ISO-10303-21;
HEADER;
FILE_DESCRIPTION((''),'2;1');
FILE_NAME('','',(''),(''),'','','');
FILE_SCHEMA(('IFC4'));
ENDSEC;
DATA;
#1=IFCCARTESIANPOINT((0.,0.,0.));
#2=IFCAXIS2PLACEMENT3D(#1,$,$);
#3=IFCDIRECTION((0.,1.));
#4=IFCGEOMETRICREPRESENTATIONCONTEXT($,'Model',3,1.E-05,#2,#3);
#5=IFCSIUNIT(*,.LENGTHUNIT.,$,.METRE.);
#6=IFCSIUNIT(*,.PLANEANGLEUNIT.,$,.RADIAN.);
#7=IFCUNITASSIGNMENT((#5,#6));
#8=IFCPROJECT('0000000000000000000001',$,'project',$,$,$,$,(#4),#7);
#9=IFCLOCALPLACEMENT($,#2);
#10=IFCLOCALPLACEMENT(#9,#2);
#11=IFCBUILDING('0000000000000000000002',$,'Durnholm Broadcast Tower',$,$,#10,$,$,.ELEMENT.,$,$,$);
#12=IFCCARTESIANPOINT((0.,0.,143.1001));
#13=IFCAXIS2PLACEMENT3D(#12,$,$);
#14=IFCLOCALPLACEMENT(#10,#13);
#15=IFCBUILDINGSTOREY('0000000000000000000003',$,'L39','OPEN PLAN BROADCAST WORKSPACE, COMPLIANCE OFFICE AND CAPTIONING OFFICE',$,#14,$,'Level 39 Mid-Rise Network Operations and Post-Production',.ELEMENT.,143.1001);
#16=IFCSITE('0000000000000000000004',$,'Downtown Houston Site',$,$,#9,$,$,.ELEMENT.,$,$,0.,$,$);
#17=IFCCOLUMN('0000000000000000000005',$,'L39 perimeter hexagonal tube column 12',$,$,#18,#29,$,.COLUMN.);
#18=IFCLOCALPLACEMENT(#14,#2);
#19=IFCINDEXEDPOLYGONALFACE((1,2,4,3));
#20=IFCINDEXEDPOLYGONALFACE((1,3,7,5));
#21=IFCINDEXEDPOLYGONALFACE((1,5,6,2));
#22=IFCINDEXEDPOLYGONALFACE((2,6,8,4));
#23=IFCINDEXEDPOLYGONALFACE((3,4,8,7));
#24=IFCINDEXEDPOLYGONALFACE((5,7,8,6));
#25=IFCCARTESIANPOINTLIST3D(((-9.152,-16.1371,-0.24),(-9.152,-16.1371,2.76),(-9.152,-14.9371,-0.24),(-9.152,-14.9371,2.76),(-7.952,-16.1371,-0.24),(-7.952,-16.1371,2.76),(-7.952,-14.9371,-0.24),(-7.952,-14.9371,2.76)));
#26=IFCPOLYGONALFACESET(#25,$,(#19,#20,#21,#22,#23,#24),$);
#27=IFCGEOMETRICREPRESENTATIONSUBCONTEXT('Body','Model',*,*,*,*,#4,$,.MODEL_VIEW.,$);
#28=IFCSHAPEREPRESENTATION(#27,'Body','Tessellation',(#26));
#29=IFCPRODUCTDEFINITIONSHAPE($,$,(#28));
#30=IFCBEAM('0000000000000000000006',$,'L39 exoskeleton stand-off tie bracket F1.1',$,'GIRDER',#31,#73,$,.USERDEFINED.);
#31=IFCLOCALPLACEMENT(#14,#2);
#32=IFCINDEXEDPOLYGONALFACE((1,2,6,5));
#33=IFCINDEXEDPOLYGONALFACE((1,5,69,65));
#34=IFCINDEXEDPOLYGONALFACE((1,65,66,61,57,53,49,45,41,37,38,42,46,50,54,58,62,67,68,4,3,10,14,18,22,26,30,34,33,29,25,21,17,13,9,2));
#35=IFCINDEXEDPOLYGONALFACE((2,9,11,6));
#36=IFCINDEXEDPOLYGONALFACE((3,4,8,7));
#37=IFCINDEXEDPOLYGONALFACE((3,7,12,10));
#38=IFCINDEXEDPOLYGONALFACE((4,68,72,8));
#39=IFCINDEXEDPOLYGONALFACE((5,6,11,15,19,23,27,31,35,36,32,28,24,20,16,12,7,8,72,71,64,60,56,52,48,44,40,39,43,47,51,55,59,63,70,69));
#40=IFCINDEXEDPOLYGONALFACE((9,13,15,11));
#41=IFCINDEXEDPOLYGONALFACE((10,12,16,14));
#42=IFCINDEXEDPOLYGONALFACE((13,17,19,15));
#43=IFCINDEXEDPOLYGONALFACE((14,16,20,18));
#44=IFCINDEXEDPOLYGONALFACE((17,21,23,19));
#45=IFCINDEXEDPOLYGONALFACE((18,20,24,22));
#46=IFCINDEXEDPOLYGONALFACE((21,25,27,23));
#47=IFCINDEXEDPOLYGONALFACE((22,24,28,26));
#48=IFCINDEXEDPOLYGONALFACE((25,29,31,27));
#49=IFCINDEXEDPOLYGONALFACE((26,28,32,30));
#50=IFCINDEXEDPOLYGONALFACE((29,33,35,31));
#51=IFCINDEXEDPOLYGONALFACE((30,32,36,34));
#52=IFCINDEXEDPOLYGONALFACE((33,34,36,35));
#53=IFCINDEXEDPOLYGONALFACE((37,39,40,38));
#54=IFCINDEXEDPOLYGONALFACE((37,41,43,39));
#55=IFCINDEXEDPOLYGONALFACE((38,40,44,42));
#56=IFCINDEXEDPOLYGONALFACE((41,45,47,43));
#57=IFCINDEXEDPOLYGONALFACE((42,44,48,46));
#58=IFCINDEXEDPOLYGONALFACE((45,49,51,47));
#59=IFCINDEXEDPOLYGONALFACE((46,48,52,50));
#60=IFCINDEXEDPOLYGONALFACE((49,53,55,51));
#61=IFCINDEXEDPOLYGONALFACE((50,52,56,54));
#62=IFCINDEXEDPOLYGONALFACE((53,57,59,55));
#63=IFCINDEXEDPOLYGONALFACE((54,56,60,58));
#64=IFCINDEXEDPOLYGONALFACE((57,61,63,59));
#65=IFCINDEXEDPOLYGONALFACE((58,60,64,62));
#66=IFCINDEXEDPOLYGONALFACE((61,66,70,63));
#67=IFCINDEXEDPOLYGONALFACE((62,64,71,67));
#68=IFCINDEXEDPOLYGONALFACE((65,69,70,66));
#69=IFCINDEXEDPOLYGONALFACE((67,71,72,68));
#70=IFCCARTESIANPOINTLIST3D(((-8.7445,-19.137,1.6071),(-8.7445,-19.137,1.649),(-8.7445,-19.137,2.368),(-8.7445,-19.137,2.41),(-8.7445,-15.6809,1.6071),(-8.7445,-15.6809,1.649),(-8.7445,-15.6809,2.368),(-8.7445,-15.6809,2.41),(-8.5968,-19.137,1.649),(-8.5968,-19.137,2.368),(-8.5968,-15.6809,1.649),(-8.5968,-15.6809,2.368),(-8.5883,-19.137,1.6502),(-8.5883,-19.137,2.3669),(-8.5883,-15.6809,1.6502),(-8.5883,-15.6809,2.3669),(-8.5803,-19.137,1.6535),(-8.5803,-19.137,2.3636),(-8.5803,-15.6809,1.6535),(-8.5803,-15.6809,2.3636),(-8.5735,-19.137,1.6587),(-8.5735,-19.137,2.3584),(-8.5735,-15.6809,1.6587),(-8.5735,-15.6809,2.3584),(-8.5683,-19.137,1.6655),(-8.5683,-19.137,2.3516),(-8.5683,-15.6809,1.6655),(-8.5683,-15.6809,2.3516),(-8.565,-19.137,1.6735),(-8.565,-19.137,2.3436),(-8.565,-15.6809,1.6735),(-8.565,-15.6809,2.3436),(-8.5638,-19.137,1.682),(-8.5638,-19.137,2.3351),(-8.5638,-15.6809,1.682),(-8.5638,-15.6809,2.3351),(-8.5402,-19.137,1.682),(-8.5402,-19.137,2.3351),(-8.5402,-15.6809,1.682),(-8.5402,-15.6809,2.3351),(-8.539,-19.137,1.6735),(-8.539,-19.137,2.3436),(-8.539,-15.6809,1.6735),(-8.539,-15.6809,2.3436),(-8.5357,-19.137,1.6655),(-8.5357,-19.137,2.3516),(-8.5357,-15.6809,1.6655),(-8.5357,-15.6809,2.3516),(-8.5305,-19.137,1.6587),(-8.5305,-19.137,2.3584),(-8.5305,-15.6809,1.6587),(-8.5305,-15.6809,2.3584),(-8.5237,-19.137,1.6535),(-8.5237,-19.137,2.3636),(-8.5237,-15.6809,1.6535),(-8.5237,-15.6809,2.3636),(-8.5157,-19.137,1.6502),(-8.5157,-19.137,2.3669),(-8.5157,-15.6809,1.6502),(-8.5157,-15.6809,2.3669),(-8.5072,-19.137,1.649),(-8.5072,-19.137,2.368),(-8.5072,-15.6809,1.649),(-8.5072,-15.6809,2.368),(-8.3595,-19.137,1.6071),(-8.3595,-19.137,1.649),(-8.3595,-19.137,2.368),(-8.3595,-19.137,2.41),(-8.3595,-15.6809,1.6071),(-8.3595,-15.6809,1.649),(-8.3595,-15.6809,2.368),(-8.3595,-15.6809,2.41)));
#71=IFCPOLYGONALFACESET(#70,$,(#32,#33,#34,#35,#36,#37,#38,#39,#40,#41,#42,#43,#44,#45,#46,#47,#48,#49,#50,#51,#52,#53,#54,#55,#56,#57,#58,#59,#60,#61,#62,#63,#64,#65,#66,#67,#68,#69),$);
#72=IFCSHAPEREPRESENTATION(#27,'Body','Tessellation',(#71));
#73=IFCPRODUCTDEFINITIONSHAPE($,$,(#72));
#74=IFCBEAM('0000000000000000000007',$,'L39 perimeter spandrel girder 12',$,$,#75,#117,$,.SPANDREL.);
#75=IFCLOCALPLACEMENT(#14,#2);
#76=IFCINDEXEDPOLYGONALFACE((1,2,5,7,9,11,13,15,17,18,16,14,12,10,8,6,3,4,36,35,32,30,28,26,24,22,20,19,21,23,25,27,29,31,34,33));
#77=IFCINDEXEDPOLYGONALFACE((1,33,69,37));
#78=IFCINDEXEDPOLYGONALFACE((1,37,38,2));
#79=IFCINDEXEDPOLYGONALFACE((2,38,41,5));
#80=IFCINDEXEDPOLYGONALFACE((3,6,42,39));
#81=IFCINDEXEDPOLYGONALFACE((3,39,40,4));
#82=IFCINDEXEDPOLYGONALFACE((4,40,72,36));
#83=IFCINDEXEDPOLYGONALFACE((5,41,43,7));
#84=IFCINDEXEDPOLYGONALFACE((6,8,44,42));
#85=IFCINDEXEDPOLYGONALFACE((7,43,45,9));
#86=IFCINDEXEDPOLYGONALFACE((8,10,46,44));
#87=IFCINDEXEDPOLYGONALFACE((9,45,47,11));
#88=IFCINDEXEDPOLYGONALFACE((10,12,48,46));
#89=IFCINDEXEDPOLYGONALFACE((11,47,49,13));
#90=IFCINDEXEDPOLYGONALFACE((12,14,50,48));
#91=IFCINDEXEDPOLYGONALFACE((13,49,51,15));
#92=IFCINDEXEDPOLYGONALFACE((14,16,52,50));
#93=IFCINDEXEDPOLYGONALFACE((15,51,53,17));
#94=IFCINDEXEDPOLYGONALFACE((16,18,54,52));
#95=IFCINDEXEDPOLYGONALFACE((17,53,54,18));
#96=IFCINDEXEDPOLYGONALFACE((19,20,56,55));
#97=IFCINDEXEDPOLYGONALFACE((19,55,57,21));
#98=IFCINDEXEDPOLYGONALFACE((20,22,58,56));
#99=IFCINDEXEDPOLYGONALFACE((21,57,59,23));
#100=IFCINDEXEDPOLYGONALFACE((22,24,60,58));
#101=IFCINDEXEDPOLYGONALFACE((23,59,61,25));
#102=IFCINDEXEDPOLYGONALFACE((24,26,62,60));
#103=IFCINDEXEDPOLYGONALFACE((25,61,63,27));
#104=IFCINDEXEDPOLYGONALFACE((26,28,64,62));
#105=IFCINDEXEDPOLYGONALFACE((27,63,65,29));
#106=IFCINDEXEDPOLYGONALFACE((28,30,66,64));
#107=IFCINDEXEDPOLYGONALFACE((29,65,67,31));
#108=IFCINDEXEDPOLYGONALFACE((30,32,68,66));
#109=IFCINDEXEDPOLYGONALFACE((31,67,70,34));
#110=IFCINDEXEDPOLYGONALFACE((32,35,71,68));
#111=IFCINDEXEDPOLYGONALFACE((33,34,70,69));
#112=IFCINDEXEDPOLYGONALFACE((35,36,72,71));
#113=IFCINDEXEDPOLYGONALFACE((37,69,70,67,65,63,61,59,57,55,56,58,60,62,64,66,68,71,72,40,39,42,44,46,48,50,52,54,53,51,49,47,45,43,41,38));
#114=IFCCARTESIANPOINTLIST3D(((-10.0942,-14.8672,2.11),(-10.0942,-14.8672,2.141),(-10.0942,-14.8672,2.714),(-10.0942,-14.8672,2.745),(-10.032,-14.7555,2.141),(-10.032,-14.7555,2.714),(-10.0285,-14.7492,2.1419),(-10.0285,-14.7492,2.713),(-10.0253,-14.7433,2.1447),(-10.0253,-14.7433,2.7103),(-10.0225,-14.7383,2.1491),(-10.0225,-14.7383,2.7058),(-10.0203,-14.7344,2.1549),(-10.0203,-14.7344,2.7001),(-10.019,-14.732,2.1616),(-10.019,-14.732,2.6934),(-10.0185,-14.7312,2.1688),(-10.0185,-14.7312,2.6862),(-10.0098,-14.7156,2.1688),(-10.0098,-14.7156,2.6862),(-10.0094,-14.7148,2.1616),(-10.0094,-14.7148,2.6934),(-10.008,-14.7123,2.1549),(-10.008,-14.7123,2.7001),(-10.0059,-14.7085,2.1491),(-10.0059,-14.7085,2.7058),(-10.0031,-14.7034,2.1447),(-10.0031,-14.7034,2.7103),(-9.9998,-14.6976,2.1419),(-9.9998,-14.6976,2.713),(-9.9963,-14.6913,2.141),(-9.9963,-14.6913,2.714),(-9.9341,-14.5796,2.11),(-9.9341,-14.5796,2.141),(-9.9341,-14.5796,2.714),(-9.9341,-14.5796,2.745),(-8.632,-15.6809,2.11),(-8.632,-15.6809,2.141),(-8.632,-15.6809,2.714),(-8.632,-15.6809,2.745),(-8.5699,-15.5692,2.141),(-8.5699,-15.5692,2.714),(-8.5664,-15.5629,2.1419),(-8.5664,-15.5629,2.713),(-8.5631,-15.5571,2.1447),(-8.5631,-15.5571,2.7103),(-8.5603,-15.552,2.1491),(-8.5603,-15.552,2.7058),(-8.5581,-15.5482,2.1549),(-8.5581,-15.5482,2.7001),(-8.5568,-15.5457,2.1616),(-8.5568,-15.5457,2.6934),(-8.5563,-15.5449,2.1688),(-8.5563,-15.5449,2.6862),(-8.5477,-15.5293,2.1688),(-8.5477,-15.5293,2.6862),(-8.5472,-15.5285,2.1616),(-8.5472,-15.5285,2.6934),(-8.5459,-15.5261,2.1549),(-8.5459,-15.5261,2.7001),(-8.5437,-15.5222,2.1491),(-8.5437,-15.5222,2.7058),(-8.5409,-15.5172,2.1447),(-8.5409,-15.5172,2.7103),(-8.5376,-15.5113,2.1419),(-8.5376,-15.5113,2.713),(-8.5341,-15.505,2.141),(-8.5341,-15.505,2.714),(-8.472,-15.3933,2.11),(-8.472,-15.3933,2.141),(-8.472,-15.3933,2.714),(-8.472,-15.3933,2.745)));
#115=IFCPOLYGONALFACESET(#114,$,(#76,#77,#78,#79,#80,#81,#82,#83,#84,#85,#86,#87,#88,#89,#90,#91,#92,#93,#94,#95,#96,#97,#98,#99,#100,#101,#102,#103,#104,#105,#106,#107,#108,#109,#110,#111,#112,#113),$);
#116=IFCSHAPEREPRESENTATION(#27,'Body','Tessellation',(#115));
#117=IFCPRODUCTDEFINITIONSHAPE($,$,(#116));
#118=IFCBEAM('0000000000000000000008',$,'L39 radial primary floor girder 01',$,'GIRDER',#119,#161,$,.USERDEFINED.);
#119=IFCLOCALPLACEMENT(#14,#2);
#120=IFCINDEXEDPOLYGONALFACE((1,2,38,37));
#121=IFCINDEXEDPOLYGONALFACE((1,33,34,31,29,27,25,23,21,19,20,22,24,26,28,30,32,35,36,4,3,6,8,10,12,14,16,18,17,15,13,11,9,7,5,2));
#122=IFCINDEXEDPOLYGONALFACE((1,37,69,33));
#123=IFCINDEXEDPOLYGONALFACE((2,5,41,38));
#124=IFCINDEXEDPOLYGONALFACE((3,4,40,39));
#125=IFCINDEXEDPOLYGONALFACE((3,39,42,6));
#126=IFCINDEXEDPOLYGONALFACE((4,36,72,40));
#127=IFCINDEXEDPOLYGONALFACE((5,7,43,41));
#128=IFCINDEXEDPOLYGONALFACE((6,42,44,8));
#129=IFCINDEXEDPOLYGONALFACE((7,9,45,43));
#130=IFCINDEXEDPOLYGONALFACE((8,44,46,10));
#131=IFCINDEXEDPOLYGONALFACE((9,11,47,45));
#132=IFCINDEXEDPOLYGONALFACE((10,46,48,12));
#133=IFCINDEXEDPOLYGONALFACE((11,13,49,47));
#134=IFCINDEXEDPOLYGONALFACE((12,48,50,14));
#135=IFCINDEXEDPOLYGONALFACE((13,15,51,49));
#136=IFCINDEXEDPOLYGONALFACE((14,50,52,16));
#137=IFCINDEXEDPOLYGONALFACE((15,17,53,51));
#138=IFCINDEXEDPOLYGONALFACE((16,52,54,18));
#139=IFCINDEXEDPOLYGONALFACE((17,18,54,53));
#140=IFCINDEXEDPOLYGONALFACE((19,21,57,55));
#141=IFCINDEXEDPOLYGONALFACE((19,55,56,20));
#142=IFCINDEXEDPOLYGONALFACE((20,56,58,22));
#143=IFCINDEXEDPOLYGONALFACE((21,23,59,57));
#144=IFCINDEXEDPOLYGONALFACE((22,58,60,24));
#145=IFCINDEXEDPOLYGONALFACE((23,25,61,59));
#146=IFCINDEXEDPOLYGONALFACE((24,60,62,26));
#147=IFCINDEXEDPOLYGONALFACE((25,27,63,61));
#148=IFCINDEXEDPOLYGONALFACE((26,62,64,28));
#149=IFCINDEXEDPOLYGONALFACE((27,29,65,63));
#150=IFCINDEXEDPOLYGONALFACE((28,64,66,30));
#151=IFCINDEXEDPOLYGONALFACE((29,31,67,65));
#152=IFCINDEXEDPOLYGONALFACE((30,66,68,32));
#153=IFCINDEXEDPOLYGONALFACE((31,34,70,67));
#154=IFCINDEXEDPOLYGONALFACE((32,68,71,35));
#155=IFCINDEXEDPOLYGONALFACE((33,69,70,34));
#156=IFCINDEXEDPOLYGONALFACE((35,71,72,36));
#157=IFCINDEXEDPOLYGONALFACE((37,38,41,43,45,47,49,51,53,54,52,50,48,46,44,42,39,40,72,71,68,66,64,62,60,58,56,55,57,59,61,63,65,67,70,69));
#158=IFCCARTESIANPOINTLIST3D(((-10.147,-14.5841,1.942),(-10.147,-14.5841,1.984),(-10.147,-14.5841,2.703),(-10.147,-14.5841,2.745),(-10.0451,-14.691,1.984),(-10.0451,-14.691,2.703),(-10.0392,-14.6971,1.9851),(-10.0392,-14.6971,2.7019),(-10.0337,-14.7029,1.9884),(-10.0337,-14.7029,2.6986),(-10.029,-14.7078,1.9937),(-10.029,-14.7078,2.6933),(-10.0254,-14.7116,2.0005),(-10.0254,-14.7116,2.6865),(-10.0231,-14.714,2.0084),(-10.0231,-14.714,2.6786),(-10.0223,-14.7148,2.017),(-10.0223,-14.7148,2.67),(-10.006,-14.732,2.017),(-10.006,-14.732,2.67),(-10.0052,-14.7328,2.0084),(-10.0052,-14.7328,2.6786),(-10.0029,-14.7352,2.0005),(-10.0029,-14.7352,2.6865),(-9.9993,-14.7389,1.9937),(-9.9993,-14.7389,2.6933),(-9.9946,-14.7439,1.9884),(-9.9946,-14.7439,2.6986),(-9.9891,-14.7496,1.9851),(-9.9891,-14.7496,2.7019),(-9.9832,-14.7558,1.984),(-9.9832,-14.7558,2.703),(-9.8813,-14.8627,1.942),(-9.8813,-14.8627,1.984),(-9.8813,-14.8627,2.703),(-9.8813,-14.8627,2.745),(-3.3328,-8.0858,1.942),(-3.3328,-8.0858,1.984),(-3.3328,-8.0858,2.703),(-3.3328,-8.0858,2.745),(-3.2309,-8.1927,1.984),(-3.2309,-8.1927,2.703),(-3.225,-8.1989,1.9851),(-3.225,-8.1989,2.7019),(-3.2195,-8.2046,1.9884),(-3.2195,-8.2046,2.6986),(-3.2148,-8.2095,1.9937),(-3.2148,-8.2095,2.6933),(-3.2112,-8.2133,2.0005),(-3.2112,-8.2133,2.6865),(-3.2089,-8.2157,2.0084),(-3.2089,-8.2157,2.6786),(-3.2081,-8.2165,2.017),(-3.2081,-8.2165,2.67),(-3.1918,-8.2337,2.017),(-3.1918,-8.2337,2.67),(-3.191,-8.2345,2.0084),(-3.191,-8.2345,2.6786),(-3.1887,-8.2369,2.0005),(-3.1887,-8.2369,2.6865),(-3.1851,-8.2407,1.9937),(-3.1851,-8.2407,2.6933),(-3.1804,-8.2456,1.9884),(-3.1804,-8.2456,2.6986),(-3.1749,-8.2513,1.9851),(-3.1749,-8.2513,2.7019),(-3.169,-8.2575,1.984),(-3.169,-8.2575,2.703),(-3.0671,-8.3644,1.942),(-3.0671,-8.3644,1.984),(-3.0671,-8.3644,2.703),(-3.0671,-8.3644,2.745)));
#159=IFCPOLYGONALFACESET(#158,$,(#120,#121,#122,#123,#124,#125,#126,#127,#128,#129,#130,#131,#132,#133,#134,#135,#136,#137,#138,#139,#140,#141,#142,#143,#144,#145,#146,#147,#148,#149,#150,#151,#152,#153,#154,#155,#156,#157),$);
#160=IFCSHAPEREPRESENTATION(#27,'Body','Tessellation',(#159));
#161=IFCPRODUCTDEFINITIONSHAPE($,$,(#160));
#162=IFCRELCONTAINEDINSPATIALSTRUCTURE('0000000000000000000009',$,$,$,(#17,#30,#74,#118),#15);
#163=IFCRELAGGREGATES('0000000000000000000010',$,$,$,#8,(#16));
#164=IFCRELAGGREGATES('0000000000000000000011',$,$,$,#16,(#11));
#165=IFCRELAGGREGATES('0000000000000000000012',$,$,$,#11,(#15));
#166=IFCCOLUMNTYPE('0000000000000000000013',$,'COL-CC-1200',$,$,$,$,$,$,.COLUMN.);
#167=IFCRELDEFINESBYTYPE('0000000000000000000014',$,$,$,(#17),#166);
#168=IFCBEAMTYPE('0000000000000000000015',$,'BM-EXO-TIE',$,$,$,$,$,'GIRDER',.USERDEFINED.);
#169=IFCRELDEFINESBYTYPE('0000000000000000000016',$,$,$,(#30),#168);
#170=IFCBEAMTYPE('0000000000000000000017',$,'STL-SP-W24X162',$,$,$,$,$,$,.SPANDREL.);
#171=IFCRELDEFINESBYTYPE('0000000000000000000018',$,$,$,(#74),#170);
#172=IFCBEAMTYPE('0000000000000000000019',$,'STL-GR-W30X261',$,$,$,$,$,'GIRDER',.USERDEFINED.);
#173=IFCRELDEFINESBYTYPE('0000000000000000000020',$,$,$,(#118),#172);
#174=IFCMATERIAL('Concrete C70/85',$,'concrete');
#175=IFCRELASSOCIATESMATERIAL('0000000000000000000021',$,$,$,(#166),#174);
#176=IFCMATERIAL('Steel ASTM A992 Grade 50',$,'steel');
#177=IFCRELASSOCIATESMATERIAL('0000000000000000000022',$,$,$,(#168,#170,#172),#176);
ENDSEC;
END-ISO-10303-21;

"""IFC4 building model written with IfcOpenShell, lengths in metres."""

from ifc_helpers import new_model, si_unit, direction, frame, origin, origin_2d, place, context, subcontext, project, spatial, rectangle, i_section, extrude, source, transform, mapped, material, material_profile, profile_set, type_object, type_shapes, element, save


model = new_model("IFC4")

# Units and contexts
model_context = context("Model", 3, precision=1e-05, world=origin(), true_north=direction((0.0, 1.0)))
body_context = subcontext(model_context, "Body", "Model", "MODEL_VIEW")
ifc_project = project(units=[si_unit("LENGTHUNIT", "METRE"), si_unit("PLANEANGLEUNIT", "RADIAN")], contexts=[model_context])

# Site, building, storey
site_placement = place(None, origin())
site = spatial("IfcSite", under=ifc_project, at=site_placement, Name="Downtown Houston Site", CompositionType="ELEMENT", RefElevation=0.0)
building_placement = place(site_placement, origin())
building = spatial("IfcBuilding", under=site, at=building_placement, Name="Durnholm Broadcast Tower", CompositionType="ELEMENT")
storey_placement = place(building_placement, frame((0.0, 0.0, 143.1001)))
storey = spatial("IfcBuildingStorey", under=building, at=storey_placement, Name="L39", Description="OPEN PLAN BROADCAST WORKSPACE, COMPLIANCE OFFICE AND CAPTIONING OFFICE", LongName="Level 39 Mid-Rise Network Operations and Post-Production", CompositionType="ELEMENT", Elevation=143.1001)

# Column
ifc_material_1 = material(Name="Concrete C70/85", Category="concrete")
ifc_material_profile_1 = material_profile(ifc_material_1, rectangle(XDim=1.2, YDim=1.2, at=origin_2d()), Name="RC1200X1200")
ifc_profile_set_1 = profile_set([ifc_material_profile_1], Name="Concrete C70/85")
column_type = type_object("IfcColumnType", Name="COL-CC-1200", PredefinedType="COLUMN", material=ifc_profile_set_1)
shared_shape_1 = source(origin(), body_context, "Body", "SweptSolid", [
    extrude(rectangle(XDim=1.2, YDim=1.2, at=origin_2d()), origin(), (0.0, 0.0, 1.0), 3.0),
])
type_shapes(column_type, [shared_shape_1])
column_placement = place(storey_placement, frame((-8.552, -15.5371, -0.24), z_axis=(0.0, 0.0, 1.0), x_axis=(1.0, 0.0, 0.0)))
element("IfcColumn", 1, at=column_placement, inside=storey, type_object=column_type, Name="L39 perimeter hexagonal tube column 12", PredefinedType="COLUMN", context=body_context, shape_type="MappedRepresentation", body=[
    mapped(shared_shape_1, transform((0.0, 0.0, 0.0), x_axis=(1.0, 0.0, 0.0), y_axis=(0.0, 1.0, 0.0), z_axis=(0.0, 0.0, 1.0), scale=1.0)),
])

# Beams
ifc_material_2 = material(Name="Steel ASTM A992 Grade 50", Category="steel")
ifc_material_profile_2 = material_profile(ifc_material_2, i_section(OverallWidth=0.385, OverallDepth=0.803, WebThickness=0.0237, FlangeThickness=0.042, FilletRadius=0.033, at=origin_2d()), Name="W30X261")
ifc_profile_set_2 = profile_set([ifc_material_profile_2], Name="Steel ASTM A992 Grade 50")
beam_type_1 = type_object("IfcBeamType", Name="BM-EXO-TIE", ElementType="GIRDER", PredefinedType="USERDEFINED", material=ifc_profile_set_2)
shared_shape_2 = source(origin(), body_context, "Body", "SweptSolid", [
    extrude(i_section(OverallWidth=0.385, OverallDepth=0.803, WebThickness=0.0237, FlangeThickness=0.042, FilletRadius=0.033, at=origin_2d()), origin(), (0.0, 0.0, 1.0), 3.4561),
])
beam_1_placement = place(storey_placement, frame((-8.552, -15.6809, 2.0085), z_axis=(0.0, -1.0, 0.0), x_axis=(1.0, 0.0, 0.0)))
element("IfcBeam", 2, at=beam_1_placement, inside=storey, type_object=beam_type_1, Name="L39 exoskeleton stand-off tie bracket F1.1", ObjectType="GIRDER", PredefinedType="USERDEFINED", context=body_context, shape_type="MappedRepresentation", body=[
    mapped(shared_shape_2, transform((0.0, 0.0, 0.0), x_axis=(1.0, 0.0, 0.0), y_axis=(0.0, 1.0, 0.0), z_axis=(0.0, 0.0, 1.0), scale=1.0)),
])
ifc_material_profile_3 = material_profile(ifc_material_2, i_section(OverallWidth=0.3291, OverallDepth=0.635, WebThickness=0.0178, FlangeThickness=0.031, FilletRadius=0.0278, at=origin_2d()), Name="W24X162")
ifc_profile_set_3 = profile_set([ifc_material_profile_3], Name="Steel ASTM A992 Grade 50")
beam_type_2 = type_object("IfcBeamType", Name="STL-SP-W24X162", PredefinedType="SPANDREL", material=ifc_profile_set_3)
shared_shape_3 = source(origin(), body_context, "Body", "SweptSolid", [
    extrude(i_section(OverallWidth=0.3291, OverallDepth=0.635, WebThickness=0.0178, FlangeThickness=0.031, FilletRadius=0.0278, at=origin_2d()), origin(), (0.0, 0.0, 1.0), 1.6733),
])
type_shapes(beam_type_2, [shared_shape_3])
beam_2_placement = place(storey_placement, frame((-8.552, -15.5371, 2.4275), z_axis=(-0.873799, 0.486287, 0.0), x_axis=(-0.486287, -0.873799, 0.0)))
element("IfcBeam", 3, at=beam_2_placement, inside=storey, type_object=beam_type_2, Name="L39 perimeter spandrel girder 12", PredefinedType="SPANDREL", context=body_context, shape_type="MappedRepresentation", body=[
    mapped(shared_shape_3, transform((0.0, 0.0, 0.0), x_axis=(1.0, 0.0, 0.0), y_axis=(0.0, 1.0, 0.0), z_axis=(0.0, 0.0, 1.0), scale=1.0)),
])
ifc_material_profile_4 = material_profile(ifc_material_2, i_section(OverallWidth=0.385, OverallDepth=0.803, WebThickness=0.0237, FlangeThickness=0.042, FilletRadius=0.033, at=origin_2d()), Name="W30X261")
ifc_profile_set_4 = profile_set([ifc_material_profile_4], Name="Steel ASTM A992 Grade 50")
beam_type_3 = type_object("IfcBeamType", Name="STL-GR-W30X261", ElementType="GIRDER", PredefinedType="USERDEFINED", material=ifc_profile_set_4)
shared_shape_4 = source(origin(), body_context, "Body", "SweptSolid", [
    extrude(i_section(OverallWidth=0.385, OverallDepth=0.803, WebThickness=0.0237, FlangeThickness=0.042, FilletRadius=0.033, at=origin_2d()), origin(), (0.0, 0.0, 1.0), 9.416),
])
beam_3_placement = place(storey_placement, frame((-3.2, -8.2251, 2.3435), z_axis=(-0.723683, -0.690132, 0.0), x_axis=(0.690132, -0.723683, 0.0)))
element("IfcBeam", 4, at=beam_3_placement, inside=storey, type_object=beam_type_3, Name="L39 radial primary floor girder 01", ObjectType="GIRDER", PredefinedType="USERDEFINED", context=body_context, shape_type="MappedRepresentation", body=[
    mapped(shared_shape_4, transform((0.0, 0.0, 0.0), x_axis=(1.0, 0.0, 0.0), y_axis=(0.0, 1.0, 0.0), z_axis=(0.0, 0.0, 1.0), scale=1.0)),
])

save(model, "model.ifc")
